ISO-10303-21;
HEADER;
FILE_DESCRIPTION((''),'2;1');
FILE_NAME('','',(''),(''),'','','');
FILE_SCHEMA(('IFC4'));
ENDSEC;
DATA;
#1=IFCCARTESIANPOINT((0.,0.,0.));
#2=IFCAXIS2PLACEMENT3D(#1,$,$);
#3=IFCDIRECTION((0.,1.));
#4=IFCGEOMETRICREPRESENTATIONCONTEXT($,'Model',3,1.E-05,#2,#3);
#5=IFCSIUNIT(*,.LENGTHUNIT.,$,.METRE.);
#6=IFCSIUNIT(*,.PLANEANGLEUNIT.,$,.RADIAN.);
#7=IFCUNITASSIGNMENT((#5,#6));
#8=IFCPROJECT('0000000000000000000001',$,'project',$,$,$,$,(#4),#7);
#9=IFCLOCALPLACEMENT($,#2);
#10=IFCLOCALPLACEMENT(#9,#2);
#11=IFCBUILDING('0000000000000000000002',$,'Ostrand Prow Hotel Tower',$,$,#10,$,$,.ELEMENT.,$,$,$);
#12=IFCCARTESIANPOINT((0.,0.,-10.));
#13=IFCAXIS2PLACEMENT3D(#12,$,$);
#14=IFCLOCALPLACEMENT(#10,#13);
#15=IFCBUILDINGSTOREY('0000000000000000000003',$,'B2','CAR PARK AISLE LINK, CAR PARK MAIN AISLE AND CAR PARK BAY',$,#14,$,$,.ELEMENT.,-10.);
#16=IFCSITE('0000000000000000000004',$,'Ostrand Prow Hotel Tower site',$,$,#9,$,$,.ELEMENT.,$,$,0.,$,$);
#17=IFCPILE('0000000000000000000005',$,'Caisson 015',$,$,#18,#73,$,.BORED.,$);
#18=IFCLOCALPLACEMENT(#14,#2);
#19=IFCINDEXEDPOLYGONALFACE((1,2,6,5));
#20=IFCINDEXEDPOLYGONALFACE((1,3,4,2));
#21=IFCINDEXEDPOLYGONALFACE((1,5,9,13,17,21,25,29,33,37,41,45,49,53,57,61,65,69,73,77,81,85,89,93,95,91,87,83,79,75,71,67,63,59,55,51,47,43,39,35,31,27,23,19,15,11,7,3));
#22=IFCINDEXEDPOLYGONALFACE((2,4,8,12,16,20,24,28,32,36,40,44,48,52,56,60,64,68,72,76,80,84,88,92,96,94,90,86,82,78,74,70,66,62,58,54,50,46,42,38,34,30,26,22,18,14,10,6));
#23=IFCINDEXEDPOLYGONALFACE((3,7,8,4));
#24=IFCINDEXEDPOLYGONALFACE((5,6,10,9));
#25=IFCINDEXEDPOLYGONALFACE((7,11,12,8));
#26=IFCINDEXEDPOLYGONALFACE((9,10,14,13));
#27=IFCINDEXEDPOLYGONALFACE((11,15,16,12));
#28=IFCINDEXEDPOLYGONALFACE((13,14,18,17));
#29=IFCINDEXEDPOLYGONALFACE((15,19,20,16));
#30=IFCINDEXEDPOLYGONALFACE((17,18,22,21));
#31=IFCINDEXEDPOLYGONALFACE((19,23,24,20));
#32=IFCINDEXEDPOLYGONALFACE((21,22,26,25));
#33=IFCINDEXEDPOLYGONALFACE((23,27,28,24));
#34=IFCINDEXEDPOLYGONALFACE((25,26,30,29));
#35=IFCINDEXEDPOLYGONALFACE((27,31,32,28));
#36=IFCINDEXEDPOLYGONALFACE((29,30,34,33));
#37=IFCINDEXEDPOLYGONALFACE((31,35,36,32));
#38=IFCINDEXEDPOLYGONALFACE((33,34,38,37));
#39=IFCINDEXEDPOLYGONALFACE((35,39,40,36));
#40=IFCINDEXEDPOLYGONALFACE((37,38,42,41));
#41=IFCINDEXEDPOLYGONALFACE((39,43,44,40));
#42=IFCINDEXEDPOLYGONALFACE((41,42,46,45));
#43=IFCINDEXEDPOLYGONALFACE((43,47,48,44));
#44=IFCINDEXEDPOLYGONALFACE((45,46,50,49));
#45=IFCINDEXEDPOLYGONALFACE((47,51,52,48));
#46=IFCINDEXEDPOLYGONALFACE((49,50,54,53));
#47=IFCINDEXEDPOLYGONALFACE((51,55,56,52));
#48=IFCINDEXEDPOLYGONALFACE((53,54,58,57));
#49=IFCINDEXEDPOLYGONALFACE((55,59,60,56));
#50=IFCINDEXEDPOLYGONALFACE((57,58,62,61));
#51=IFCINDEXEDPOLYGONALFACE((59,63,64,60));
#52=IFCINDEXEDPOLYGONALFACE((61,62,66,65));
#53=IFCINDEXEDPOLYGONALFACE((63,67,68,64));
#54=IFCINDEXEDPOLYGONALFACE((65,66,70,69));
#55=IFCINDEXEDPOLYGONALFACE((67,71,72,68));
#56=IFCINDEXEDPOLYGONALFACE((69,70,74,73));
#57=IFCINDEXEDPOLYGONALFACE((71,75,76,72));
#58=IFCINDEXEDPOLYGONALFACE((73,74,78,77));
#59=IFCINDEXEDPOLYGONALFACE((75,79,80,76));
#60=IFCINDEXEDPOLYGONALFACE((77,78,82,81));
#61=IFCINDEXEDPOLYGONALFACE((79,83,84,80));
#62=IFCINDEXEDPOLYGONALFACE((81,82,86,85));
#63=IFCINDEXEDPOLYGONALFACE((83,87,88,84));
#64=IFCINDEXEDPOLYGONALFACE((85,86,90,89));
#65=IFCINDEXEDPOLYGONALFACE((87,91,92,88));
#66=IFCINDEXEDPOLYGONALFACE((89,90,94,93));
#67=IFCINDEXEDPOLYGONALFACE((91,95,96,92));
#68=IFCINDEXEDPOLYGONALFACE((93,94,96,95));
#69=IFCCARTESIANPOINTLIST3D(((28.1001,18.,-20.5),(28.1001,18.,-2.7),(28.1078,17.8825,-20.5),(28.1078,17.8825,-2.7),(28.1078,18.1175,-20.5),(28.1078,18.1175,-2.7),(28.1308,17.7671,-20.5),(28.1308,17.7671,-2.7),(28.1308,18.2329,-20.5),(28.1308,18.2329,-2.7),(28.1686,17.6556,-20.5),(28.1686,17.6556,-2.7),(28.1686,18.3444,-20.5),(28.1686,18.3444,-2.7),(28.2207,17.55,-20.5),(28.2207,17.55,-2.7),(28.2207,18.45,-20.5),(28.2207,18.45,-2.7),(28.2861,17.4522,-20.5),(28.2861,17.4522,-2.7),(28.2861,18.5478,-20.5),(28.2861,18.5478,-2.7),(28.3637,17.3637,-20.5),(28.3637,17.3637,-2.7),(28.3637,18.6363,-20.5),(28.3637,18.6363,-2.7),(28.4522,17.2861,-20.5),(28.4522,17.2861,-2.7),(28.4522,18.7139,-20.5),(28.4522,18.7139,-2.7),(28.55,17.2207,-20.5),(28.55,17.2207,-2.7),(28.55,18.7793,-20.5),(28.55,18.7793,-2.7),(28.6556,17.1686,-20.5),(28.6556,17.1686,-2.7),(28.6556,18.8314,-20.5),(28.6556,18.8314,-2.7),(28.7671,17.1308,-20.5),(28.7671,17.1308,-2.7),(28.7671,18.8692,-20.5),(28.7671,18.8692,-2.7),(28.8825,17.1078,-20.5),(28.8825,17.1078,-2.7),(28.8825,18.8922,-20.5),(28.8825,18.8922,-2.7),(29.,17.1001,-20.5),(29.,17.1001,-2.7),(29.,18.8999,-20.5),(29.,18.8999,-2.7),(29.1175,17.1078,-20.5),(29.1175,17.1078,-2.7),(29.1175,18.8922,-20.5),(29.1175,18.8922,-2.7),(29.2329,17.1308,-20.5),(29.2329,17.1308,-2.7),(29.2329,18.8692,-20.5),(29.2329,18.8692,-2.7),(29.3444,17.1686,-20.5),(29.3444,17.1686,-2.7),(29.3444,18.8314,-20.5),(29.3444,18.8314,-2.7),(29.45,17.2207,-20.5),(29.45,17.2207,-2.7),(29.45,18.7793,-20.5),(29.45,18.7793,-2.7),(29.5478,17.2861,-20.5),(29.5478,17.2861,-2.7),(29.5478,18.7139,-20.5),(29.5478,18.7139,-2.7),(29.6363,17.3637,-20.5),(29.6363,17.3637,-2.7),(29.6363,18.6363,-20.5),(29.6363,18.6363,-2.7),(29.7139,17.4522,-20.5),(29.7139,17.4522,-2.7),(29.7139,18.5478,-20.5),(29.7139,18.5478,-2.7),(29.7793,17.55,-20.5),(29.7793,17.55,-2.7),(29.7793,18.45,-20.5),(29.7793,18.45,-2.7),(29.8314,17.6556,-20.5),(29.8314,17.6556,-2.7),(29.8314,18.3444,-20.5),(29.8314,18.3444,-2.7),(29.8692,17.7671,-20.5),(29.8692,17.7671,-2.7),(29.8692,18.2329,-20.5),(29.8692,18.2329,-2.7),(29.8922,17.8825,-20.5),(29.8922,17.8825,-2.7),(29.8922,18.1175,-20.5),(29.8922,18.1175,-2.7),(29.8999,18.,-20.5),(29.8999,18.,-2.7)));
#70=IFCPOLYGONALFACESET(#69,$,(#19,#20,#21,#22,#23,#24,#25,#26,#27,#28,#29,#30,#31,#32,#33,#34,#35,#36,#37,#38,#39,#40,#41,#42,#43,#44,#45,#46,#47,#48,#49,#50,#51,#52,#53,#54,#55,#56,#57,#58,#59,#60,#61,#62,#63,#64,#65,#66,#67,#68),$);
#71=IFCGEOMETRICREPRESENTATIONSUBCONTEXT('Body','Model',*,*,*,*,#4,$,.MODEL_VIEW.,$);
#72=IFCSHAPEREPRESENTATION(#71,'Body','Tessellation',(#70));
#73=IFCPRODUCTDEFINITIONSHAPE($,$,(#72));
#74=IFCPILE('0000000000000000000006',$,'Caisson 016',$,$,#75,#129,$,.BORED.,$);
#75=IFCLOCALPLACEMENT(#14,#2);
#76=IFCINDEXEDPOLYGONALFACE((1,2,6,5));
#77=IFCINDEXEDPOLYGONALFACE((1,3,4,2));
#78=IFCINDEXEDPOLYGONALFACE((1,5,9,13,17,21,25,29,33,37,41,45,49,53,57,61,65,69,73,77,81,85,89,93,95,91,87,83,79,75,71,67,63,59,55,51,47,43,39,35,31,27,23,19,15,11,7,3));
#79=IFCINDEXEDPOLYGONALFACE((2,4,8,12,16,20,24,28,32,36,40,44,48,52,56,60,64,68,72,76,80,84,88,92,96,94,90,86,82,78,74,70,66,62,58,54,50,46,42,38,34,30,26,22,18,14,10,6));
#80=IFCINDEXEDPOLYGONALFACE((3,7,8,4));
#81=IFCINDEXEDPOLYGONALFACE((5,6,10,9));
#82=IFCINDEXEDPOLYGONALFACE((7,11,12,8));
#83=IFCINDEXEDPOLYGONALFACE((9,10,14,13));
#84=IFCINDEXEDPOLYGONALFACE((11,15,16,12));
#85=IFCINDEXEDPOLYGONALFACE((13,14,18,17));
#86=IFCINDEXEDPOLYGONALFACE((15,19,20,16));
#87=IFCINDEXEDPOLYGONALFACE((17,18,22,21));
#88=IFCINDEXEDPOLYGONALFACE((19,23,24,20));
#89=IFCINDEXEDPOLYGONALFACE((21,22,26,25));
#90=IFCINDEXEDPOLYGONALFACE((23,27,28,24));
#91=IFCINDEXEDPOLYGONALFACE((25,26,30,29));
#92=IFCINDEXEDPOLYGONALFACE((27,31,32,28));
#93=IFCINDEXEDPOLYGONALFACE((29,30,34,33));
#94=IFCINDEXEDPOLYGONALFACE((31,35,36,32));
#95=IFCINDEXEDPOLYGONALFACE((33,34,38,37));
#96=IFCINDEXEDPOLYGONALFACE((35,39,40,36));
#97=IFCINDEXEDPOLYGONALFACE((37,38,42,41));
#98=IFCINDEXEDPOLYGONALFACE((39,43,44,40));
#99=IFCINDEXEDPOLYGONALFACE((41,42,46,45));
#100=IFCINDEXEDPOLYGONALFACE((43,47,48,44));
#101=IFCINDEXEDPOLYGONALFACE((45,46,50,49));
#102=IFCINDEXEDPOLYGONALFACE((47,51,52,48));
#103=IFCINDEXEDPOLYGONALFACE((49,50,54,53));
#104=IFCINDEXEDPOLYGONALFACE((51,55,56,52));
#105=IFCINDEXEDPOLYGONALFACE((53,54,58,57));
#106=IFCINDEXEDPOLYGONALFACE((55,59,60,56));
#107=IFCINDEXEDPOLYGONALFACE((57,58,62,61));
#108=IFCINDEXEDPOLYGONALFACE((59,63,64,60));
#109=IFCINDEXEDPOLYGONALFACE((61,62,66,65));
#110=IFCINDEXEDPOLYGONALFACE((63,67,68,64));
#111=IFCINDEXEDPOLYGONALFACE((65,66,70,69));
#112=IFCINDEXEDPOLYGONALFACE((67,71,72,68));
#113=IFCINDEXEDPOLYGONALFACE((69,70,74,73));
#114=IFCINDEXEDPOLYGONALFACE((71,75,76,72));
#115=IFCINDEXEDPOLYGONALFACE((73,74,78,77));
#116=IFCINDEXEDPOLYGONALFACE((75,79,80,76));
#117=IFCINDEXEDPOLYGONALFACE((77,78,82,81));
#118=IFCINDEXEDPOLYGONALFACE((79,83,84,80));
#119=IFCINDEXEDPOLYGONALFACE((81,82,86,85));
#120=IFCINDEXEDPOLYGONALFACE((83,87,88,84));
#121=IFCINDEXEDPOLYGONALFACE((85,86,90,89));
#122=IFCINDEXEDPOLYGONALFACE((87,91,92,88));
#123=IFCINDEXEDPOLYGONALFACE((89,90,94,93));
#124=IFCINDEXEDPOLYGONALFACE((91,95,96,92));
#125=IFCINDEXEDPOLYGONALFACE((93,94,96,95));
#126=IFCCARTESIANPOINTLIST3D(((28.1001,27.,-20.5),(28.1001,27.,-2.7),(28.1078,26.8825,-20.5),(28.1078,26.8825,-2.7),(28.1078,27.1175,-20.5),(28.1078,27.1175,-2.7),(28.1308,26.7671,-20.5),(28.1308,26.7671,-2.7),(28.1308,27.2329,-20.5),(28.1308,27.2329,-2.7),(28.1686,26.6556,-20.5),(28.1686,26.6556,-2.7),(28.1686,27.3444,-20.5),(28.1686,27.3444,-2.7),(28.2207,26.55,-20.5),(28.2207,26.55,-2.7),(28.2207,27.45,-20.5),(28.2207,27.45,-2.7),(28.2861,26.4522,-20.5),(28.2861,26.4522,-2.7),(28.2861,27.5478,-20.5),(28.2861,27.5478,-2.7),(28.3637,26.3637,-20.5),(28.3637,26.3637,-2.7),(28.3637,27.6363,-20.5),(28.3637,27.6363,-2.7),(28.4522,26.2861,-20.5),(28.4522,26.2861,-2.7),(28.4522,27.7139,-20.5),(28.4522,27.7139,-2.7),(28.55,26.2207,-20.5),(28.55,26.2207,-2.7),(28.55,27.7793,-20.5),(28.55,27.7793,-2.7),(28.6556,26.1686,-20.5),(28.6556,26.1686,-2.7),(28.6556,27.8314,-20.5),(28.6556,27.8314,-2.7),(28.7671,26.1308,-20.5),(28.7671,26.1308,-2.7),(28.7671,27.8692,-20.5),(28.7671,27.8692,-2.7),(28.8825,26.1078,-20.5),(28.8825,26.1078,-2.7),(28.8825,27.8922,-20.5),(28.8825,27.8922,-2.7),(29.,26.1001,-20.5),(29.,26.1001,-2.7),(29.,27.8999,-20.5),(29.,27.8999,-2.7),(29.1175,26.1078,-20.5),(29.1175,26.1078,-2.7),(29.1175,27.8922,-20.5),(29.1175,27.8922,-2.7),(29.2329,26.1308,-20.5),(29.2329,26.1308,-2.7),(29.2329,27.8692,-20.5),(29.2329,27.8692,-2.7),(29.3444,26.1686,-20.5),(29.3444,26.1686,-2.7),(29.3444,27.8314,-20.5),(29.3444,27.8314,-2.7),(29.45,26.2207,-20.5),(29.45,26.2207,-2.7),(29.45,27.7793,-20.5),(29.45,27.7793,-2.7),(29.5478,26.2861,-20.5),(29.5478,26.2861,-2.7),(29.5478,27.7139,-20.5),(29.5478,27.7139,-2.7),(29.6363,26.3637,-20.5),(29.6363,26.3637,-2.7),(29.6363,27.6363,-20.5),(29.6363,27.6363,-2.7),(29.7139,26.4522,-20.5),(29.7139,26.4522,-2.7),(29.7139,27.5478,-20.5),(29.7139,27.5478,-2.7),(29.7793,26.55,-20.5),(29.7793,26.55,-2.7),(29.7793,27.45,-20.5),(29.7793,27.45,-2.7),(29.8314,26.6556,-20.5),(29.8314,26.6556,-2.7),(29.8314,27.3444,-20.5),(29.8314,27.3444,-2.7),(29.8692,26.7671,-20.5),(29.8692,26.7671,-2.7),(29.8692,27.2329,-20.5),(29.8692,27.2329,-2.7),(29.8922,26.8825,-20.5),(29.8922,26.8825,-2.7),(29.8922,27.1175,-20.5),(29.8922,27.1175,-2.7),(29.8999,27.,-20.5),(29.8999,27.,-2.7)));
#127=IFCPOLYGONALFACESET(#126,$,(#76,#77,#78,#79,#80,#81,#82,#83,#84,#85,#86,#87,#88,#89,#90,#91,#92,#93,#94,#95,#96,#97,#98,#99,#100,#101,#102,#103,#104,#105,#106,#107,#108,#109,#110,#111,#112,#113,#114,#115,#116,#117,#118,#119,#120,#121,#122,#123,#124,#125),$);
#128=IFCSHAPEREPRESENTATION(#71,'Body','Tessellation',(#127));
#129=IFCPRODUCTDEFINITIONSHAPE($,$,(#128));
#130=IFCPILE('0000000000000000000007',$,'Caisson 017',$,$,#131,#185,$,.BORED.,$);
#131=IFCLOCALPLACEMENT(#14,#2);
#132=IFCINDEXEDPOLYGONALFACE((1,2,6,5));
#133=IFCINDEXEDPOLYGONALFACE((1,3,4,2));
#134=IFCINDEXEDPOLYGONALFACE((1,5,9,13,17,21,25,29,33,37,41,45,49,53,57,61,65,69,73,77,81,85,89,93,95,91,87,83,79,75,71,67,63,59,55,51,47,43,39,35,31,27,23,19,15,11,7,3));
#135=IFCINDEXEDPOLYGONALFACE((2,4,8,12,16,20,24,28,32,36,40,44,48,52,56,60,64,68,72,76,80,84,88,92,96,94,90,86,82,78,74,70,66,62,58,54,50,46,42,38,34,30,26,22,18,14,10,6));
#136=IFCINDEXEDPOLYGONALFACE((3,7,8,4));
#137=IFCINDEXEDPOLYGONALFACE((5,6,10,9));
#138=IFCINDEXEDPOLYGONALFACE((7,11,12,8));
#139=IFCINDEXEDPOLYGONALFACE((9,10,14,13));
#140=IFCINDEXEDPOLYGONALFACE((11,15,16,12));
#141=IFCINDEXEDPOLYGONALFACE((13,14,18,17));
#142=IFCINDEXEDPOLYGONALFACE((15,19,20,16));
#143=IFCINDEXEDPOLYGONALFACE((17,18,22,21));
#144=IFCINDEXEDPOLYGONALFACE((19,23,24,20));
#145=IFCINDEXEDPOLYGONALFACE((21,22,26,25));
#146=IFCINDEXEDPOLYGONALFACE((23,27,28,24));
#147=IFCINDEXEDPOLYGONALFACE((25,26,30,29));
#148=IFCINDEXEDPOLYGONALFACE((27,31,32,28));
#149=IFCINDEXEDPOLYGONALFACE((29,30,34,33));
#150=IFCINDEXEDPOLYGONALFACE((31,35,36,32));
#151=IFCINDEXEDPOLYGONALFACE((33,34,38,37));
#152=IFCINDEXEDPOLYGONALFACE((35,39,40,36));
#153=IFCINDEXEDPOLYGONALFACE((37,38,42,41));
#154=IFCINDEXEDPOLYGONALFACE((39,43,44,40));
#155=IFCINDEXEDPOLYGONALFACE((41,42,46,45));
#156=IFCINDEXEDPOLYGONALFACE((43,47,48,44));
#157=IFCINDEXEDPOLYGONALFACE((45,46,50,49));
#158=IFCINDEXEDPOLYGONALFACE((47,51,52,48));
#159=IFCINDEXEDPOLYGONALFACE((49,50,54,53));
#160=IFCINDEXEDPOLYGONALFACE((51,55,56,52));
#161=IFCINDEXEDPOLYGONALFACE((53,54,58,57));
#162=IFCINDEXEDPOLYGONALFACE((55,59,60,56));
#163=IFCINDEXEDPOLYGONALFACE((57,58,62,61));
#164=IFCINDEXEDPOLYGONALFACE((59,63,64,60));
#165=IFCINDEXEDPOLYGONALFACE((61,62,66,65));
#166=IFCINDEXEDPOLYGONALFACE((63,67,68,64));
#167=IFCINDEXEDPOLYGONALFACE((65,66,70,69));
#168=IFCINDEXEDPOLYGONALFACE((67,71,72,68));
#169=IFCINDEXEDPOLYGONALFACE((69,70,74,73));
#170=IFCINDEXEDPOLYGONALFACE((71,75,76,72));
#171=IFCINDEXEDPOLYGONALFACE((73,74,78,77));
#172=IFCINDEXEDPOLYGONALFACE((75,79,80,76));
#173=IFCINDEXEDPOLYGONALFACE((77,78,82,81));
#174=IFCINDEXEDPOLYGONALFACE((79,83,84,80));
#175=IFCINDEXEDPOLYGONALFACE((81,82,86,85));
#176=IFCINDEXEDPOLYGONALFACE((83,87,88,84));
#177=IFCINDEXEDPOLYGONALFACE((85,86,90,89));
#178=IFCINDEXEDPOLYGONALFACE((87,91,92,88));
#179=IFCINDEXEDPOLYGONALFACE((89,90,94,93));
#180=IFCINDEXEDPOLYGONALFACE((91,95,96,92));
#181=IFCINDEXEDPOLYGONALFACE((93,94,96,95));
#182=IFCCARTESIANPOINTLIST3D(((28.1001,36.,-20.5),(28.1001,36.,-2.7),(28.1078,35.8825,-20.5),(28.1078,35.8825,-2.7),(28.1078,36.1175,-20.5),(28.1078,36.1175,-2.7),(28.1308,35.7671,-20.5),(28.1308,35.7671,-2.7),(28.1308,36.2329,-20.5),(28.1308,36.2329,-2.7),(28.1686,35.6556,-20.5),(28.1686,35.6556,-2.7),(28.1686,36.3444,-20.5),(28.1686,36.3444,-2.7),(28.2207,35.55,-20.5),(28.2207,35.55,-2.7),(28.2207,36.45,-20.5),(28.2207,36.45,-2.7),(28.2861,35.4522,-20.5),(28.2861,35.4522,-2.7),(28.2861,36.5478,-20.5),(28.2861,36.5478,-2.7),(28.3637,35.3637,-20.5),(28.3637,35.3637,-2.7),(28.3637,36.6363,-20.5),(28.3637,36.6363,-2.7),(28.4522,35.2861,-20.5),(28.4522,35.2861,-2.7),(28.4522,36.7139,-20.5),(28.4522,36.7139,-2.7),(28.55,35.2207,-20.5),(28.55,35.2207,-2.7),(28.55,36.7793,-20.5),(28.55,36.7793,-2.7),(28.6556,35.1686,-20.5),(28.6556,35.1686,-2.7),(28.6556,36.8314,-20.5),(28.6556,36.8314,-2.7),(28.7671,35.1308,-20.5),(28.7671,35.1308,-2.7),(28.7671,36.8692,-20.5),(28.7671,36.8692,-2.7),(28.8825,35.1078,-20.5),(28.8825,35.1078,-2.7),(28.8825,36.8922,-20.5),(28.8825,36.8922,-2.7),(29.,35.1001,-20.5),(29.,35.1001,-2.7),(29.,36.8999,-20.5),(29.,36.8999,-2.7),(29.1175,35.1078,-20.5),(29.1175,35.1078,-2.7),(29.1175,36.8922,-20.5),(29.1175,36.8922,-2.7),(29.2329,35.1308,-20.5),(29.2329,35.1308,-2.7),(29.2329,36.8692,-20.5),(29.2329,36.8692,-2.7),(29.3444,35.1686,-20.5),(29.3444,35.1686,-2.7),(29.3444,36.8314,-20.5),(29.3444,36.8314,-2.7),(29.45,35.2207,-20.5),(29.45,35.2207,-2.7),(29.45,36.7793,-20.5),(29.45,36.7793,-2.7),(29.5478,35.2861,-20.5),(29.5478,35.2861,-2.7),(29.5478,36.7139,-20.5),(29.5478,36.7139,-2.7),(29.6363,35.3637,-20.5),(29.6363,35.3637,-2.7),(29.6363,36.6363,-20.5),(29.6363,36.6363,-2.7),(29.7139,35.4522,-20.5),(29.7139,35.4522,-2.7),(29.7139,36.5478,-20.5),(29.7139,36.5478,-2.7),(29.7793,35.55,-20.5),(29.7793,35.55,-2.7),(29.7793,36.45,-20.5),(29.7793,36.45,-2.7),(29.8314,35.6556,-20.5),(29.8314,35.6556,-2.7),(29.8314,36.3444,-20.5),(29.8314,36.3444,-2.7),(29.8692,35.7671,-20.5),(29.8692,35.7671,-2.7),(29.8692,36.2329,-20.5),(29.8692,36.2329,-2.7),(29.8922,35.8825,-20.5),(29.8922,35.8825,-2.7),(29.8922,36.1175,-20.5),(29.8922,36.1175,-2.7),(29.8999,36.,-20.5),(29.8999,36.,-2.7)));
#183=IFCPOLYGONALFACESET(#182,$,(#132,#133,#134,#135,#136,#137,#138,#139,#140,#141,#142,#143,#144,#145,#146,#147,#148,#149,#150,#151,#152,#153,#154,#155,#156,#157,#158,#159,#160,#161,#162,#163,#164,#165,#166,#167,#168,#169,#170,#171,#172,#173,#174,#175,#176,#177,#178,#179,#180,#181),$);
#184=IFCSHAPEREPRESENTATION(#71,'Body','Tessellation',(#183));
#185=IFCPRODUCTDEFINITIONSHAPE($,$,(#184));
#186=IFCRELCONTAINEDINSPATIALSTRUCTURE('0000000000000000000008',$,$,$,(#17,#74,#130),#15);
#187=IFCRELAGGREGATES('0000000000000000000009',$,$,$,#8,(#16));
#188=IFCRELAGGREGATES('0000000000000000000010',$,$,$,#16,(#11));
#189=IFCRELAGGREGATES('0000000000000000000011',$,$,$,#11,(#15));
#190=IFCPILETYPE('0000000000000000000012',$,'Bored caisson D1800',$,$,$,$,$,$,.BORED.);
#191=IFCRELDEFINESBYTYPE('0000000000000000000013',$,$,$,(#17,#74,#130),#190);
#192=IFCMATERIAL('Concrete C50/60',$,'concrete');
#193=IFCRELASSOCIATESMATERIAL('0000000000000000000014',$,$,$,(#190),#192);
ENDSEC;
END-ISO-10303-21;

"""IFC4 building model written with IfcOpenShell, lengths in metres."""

from ifc_helpers import new_model, si_unit, direction, frame, origin, origin_2d, place, context, subcontext, project, spatial, circle, extrude, material, type_object, element, save


model = new_model("IFC4")

# Units and contexts
model_context = context("Model", 3, precision=1e-05, world=origin(), true_north=direction((0.0, 1.0)))
body_context = subcontext(model_context, "Body", "Model", "MODEL_VIEW")
ifc_project = project(units=[si_unit("LENGTHUNIT", "METRE"), si_unit("PLANEANGLEUNIT", "RADIAN")], contexts=[model_context])

# Site, building, storey
site_placement = place(None, origin())
site = spatial("IfcSite", under=ifc_project, at=site_placement, Name="Ostrand Prow Hotel Tower site", CompositionType="ELEMENT", RefElevation=0.0)
building_placement = place(site_placement, origin())
building = spatial("IfcBuilding", under=site, at=building_placement, Name="Ostrand Prow Hotel Tower", CompositionType="ELEMENT")
storey_placement = place(building_placement, frame((0.0, 0.0, -10.0)))
storey = spatial("IfcBuildingStorey", under=building, at=storey_placement, Name="B2", Description="CAR PARK AISLE LINK, CAR PARK MAIN AISLE AND CAR PARK BAY", CompositionType="ELEMENT", Elevation=-10.0)

# Piles
ifc_material_1 = material(Name="Concrete C50/60", Category="concrete")
pile_type = type_object("IfcPileType", Name="Bored caisson D1800", PredefinedType="BORED", material=ifc_material_1)
for number, where, z_axis, x_axis, name in (
    (1, (29.0, 18.0, -2.7), (0.0, 0.0, -1.0), (1.0, 0.0, 0.0), "Caisson 015"),
    (2, (29.0, 27.0, -2.7), (0.0, 0.0, -1.0), (1.0, 0.0, 0.0), "Caisson 016"),
    (3, (29.0, 36.0, -2.7), (0.0, 0.0, -1.0), (1.0, 0.0, 0.0), "Caisson 017"),
):
    element("IfcPile", number, at=place(storey_placement, frame(where, z_axis=z_axis, x_axis=x_axis)), inside=storey, type_object=pile_type, Name=name, PredefinedType="BORED", context=body_context, shape_type="SweptSolid", body=[
        extrude(circle(Radius=0.8999, at=origin_2d()), origin(), (0.0, 0.0, 1.0), 17.8),
    ])

save(model, "model.ifc")
